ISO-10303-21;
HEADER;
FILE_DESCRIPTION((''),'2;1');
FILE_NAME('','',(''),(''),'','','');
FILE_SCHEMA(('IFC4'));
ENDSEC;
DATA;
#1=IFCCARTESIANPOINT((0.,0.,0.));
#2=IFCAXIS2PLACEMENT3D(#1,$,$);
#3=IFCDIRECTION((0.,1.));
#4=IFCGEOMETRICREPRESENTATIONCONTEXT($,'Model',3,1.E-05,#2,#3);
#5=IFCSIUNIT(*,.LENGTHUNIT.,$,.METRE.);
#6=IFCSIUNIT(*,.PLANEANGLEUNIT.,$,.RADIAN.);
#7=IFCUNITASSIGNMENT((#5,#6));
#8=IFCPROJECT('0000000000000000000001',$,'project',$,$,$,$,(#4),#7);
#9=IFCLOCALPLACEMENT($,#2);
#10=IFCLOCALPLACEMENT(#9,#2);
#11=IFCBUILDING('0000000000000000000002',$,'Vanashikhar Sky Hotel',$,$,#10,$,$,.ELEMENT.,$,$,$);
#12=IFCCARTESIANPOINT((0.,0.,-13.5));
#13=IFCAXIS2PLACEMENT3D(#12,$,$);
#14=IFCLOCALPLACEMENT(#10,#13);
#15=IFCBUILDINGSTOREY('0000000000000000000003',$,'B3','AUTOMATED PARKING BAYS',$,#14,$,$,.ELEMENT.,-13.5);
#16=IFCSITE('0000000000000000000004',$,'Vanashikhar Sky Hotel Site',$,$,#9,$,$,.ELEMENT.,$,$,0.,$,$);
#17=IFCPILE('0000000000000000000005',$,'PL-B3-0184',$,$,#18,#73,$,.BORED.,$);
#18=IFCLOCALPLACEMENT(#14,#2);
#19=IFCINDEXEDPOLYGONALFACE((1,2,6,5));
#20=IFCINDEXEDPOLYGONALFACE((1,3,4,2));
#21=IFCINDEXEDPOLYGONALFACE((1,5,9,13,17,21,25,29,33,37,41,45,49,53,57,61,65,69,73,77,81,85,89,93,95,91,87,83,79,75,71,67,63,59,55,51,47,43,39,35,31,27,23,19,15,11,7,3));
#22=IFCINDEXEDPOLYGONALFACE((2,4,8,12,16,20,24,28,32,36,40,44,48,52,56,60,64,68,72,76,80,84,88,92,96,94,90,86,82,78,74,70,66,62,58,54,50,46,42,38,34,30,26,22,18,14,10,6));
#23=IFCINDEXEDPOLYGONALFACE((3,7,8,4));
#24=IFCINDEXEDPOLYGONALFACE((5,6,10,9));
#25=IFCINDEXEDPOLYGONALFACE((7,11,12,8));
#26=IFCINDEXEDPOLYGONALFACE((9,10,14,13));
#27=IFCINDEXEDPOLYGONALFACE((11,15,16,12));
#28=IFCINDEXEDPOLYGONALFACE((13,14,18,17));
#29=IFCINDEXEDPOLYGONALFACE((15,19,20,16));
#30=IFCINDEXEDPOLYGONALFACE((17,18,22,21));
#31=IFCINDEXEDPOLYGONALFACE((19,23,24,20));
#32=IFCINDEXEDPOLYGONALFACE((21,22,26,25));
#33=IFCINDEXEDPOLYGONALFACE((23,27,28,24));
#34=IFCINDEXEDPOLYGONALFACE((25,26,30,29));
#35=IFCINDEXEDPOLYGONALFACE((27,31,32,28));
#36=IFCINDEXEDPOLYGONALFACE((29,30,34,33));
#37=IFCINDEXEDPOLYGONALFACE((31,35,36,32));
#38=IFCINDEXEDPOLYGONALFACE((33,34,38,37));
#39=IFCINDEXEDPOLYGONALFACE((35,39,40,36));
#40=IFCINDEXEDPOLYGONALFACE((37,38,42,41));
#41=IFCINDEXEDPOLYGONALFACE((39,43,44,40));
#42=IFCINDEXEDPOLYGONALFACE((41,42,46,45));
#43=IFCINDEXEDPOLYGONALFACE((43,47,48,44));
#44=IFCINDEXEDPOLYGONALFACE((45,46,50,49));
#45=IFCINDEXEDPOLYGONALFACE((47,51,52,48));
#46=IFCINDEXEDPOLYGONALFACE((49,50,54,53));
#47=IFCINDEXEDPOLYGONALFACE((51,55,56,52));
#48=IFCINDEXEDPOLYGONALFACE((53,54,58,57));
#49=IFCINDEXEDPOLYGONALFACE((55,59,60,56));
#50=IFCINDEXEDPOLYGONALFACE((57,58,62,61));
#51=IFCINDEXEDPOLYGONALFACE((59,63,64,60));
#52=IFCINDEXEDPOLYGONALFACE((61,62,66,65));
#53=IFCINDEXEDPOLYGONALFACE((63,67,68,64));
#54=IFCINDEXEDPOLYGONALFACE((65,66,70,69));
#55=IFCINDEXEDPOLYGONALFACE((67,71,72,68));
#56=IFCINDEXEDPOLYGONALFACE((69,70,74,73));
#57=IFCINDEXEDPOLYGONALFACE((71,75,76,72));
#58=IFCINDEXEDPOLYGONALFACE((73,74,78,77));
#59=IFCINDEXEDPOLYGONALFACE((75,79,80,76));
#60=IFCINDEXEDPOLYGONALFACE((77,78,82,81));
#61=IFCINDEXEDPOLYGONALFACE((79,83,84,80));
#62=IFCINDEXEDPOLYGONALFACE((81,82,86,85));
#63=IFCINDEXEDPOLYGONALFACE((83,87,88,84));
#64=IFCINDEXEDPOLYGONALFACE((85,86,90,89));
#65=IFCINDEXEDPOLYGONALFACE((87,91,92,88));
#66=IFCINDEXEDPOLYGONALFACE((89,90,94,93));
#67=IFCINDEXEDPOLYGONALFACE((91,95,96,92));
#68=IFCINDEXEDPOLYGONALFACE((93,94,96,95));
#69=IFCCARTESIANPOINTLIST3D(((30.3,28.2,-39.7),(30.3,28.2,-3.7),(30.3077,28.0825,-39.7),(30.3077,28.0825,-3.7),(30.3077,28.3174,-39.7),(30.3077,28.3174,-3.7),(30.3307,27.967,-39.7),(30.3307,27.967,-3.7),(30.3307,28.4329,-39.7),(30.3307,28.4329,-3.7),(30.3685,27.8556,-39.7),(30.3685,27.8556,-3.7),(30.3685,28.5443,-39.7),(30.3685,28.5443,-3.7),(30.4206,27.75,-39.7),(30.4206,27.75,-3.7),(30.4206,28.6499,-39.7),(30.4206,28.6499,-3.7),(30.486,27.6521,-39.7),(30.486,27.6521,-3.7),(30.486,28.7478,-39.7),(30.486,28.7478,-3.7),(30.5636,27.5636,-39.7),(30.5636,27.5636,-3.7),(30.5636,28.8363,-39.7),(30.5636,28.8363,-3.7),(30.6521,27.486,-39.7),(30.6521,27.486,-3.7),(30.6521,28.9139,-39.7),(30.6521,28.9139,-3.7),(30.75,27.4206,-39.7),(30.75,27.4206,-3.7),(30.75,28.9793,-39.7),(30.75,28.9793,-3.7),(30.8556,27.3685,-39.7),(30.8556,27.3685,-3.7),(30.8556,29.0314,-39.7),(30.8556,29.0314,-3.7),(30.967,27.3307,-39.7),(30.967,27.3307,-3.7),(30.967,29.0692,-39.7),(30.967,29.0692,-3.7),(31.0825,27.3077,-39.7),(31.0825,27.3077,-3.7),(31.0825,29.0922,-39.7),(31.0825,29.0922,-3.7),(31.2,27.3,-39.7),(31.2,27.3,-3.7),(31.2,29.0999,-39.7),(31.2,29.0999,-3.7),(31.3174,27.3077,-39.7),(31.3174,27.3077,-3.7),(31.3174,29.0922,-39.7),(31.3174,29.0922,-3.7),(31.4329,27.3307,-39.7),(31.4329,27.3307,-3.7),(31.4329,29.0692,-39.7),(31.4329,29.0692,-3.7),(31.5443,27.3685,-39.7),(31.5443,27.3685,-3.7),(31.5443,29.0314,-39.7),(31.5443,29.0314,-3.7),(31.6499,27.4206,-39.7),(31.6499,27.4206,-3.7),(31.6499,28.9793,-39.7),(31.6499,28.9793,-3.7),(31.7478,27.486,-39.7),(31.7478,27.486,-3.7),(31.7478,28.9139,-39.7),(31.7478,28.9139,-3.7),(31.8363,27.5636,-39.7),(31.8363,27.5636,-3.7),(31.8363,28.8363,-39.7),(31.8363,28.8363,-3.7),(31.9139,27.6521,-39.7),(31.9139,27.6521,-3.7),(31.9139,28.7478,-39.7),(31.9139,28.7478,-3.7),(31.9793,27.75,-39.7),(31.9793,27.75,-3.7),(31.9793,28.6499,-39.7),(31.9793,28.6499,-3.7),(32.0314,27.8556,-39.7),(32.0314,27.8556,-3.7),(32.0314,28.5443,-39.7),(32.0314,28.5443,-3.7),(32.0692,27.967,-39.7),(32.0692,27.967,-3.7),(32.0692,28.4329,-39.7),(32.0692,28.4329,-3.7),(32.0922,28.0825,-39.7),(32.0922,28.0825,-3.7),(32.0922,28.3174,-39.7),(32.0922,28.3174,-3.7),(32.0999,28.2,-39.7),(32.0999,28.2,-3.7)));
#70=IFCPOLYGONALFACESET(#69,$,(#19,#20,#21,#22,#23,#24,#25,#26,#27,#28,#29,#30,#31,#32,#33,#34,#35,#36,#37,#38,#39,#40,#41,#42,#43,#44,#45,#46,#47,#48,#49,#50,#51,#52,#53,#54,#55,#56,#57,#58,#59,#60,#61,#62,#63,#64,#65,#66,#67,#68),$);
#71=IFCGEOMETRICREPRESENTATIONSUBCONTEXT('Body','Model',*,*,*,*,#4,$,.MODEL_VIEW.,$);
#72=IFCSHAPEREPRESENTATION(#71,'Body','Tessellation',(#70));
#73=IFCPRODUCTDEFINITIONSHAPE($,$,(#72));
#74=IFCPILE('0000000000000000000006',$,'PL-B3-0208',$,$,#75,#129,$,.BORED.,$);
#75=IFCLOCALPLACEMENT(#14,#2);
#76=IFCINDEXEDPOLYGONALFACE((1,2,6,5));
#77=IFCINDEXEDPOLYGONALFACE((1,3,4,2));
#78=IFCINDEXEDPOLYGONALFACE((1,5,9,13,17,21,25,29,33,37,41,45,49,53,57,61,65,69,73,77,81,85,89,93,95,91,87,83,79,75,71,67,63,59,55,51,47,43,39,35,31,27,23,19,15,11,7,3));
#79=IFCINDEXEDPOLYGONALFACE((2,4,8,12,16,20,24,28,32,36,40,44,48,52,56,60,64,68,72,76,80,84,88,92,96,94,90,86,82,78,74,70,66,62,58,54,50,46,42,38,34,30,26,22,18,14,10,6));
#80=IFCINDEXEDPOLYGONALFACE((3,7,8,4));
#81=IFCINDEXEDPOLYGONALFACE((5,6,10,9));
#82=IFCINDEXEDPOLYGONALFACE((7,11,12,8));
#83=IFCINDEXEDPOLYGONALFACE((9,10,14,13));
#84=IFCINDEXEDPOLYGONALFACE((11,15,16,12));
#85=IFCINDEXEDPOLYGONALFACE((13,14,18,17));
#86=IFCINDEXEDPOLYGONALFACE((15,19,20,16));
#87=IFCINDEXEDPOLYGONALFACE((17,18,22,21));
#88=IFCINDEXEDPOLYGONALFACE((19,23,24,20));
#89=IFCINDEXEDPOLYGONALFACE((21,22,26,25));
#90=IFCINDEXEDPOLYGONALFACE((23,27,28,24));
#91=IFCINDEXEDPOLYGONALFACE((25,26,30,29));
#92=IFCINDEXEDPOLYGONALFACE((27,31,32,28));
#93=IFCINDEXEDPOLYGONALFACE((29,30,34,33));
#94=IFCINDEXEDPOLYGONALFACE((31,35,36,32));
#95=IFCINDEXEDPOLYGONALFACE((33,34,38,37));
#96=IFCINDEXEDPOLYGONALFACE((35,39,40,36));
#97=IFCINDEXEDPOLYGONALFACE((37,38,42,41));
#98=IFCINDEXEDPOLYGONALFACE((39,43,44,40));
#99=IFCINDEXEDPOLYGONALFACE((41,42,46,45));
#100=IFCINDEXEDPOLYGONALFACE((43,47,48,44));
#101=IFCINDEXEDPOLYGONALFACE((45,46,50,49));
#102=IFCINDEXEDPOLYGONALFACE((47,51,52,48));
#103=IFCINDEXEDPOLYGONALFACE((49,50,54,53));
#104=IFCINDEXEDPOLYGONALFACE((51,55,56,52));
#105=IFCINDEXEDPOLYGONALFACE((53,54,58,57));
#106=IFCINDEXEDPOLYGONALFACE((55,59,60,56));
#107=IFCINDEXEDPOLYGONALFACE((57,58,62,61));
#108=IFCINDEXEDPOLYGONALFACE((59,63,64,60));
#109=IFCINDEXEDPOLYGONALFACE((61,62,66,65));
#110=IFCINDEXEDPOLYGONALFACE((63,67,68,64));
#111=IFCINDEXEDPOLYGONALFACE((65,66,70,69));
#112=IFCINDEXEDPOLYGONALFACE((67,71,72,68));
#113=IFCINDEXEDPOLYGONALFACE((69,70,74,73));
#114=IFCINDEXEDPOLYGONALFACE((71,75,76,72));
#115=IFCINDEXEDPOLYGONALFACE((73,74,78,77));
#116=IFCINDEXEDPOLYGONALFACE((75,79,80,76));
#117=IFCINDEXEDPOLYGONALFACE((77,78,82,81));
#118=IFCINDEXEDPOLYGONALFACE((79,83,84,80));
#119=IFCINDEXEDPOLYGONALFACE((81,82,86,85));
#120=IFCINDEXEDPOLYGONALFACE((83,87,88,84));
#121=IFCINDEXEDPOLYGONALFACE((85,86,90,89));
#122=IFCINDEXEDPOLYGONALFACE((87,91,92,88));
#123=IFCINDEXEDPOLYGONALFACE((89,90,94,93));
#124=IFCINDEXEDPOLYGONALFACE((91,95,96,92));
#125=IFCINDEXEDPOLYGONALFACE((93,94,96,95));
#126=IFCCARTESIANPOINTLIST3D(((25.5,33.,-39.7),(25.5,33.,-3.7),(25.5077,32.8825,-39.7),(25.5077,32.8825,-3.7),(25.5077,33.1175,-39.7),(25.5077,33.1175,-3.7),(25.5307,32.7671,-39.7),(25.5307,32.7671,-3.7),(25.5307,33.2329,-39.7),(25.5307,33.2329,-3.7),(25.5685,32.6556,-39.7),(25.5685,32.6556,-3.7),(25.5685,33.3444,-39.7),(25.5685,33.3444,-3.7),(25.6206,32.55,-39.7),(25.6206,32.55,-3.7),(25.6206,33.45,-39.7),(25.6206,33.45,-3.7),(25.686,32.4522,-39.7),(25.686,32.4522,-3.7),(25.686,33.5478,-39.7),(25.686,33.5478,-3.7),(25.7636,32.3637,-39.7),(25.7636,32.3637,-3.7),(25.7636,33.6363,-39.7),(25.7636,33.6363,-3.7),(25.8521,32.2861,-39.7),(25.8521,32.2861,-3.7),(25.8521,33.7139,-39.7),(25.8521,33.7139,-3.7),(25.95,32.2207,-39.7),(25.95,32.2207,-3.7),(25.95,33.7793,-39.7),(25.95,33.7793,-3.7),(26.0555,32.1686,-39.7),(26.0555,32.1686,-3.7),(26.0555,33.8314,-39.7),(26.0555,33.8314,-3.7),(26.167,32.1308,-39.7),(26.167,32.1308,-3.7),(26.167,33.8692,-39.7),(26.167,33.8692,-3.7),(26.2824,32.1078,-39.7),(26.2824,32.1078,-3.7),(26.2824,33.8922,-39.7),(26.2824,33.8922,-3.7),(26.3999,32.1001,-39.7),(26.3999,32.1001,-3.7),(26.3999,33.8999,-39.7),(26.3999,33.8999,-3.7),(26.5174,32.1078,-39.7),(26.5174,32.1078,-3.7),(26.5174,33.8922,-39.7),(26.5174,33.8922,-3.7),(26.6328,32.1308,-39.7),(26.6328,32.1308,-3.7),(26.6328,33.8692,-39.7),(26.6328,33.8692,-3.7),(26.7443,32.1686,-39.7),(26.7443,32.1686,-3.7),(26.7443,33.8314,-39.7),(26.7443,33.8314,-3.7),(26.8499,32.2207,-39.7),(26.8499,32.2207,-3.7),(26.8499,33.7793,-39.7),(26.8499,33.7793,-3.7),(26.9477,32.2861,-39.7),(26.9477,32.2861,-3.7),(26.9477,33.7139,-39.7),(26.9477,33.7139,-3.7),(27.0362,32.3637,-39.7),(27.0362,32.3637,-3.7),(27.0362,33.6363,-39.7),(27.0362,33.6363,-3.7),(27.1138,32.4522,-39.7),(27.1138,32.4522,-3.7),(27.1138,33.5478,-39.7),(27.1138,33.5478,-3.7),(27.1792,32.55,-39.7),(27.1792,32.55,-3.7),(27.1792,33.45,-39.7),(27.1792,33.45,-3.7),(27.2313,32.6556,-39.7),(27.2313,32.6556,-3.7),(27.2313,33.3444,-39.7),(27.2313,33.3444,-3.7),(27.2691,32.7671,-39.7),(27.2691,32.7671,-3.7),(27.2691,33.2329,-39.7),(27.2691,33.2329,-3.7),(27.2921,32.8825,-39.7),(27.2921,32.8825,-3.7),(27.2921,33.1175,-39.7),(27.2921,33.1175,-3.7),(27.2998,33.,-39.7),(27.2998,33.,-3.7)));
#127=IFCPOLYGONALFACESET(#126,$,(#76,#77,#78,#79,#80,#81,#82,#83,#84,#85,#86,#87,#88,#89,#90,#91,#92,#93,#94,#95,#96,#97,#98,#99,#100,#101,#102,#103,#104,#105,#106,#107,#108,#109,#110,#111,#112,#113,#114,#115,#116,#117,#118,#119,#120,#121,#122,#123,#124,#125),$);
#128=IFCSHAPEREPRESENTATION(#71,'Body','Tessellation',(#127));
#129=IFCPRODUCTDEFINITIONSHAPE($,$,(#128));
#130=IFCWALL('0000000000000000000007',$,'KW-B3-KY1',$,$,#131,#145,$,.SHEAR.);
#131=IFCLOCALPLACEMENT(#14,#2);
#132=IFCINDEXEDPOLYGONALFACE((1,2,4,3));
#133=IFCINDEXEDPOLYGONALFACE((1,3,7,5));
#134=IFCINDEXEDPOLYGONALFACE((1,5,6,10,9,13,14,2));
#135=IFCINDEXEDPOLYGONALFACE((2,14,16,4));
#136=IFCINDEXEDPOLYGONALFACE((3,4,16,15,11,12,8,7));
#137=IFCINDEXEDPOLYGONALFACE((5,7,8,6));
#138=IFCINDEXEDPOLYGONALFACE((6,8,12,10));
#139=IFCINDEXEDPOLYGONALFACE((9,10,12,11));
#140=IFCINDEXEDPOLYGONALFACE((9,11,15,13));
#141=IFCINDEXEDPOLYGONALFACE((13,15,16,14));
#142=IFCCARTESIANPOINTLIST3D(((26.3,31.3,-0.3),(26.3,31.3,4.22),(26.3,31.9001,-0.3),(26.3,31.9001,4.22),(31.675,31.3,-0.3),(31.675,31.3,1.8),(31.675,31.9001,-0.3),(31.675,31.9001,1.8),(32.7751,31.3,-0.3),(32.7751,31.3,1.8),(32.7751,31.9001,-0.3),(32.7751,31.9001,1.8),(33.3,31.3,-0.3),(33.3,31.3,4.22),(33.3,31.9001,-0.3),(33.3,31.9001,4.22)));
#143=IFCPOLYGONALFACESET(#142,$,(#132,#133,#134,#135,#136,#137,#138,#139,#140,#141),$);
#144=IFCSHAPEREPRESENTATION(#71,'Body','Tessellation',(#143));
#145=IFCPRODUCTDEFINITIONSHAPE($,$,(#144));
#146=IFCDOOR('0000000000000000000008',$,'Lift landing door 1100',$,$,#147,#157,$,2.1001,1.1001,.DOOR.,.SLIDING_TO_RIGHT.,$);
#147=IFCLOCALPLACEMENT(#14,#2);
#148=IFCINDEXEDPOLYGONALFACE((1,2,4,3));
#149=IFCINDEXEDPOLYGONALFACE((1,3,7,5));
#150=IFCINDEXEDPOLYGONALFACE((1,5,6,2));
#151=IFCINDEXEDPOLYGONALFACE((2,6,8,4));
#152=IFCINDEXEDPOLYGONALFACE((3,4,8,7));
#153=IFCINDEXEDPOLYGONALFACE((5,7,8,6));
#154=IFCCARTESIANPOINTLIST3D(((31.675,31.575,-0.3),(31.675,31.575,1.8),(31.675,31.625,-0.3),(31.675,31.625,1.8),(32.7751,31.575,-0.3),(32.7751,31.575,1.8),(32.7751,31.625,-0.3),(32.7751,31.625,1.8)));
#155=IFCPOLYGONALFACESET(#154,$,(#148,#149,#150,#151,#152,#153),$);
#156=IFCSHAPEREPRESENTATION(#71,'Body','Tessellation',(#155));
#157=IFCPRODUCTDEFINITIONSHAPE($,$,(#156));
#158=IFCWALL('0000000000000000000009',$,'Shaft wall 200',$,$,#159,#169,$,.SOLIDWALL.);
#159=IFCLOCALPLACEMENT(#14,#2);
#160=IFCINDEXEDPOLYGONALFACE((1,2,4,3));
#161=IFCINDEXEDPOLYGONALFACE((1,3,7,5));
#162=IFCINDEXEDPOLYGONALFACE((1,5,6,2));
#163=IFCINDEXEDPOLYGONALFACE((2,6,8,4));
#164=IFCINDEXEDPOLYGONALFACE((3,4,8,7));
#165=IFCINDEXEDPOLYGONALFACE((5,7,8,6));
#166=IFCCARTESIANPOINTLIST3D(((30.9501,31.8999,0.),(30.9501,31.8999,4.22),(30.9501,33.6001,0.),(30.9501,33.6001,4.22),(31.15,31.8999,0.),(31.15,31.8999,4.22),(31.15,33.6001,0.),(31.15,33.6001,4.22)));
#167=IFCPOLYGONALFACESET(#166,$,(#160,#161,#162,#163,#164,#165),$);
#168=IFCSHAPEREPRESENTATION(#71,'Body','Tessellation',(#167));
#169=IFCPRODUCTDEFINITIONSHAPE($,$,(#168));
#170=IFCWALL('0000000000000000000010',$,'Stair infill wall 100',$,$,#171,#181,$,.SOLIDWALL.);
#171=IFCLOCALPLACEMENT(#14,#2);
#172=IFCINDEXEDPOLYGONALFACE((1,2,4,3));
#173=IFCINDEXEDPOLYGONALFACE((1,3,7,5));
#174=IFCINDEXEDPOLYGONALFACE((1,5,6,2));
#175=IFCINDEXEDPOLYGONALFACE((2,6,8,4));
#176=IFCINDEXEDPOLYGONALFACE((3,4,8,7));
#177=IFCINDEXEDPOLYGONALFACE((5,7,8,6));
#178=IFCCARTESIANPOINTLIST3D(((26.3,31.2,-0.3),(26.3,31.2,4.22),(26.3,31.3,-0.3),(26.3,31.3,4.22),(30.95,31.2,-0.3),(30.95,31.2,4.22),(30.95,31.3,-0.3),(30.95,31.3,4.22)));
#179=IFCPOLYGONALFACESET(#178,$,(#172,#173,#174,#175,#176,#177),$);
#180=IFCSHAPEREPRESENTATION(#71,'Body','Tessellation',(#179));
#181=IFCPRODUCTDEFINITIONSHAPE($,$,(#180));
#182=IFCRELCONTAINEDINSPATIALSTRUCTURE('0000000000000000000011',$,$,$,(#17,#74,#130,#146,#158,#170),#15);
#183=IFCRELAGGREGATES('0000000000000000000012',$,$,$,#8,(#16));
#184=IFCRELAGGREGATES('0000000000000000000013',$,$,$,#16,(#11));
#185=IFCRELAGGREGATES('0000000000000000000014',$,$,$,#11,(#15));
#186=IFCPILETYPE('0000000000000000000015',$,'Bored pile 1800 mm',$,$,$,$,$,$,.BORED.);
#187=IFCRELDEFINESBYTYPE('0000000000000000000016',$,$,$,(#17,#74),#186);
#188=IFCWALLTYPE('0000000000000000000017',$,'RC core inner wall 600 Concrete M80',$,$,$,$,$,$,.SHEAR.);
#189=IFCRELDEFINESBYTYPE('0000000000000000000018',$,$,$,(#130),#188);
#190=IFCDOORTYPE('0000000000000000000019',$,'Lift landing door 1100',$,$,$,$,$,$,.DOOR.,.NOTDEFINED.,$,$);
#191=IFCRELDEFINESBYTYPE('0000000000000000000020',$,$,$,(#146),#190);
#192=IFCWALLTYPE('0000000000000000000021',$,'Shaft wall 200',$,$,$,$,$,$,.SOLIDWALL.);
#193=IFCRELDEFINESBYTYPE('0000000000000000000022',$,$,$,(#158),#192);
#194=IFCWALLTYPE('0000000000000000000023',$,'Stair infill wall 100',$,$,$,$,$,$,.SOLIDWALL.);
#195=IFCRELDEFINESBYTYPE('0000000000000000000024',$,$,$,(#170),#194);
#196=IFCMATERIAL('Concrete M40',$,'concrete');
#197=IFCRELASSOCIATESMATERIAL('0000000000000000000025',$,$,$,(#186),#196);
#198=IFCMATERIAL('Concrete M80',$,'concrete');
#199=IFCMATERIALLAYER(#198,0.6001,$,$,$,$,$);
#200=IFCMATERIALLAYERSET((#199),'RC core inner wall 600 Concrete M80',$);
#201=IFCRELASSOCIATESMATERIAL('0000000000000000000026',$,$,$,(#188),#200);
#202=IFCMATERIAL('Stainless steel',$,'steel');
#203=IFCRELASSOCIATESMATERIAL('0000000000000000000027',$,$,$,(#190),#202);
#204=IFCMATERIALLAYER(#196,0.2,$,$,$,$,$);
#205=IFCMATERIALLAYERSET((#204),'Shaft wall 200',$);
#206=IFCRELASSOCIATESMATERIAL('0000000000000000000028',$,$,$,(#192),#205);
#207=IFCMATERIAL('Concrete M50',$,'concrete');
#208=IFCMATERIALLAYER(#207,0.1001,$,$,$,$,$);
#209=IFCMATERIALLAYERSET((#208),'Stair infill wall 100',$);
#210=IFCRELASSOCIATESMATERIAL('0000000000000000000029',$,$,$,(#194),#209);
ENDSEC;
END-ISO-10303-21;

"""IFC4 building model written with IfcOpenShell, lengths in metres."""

from ifc_helpers import new_model, si_unit, direction, frame, frame_2d, origin, origin_2d, place, context, subcontext, project, spatial, rectangle, circle, extrude, source, transform, mapped, material, layer, layer_set, type_object, element, fill, save


model = new_model("IFC4")

# Units and contexts
model_context = context("Model", 3, precision=1e-05, world=origin(), true_north=direction((0.0, 1.0)))
body_context = subcontext(model_context, "Body", "Model", "MODEL_VIEW")
ifc_project = project(units=[si_unit("LENGTHUNIT", "METRE"), si_unit("PLANEANGLEUNIT", "RADIAN")], contexts=[model_context])

# Site, building, storey
site_placement = place(None, origin())
site = spatial("IfcSite", under=ifc_project, at=site_placement, Name="Vanashikhar Sky Hotel Site", CompositionType="ELEMENT", RefElevation=0.0)
building_placement = place(site_placement, origin())
building = spatial("IfcBuilding", under=site, at=building_placement, Name="Vanashikhar Sky Hotel", CompositionType="ELEMENT")
storey_placement = place(building_placement, frame((0.0, 0.0, -13.5)))
storey = spatial("IfcBuildingStorey", under=building, at=storey_placement, Name="B3", Description="AUTOMATED PARKING BAYS", CompositionType="ELEMENT", Elevation=-13.5)

# Piles
ifc_material_1 = material(Name="Concrete M40", Category="concrete")
pile_type_1 = type_object("IfcPileType", Name="Bored pile 1800 mm", PredefinedType="BORED", material=ifc_material_1)
shared_shape_1 = source(origin(), body_context, "Body", "SweptSolid", [
    extrude(circle(Radius=0.8999, at=origin_2d()), origin(), (0.0, 0.0, 1.0), 36.0),
])
for number, where, z_axis, x_axis, name in (
    (1, (31.2, 28.2, -3.7), (0.0, 0.0, -1.0), (1.0, 0.0, 0.0), "PL-B3-0184"),
    (2, (26.3999, 33.0, -3.7), (0.0, 0.0, -1.0), (1.0, 0.0, 0.0), "PL-B3-0208"),
):
    element("IfcPile", number, at=place(storey_placement, frame(where, z_axis=z_axis, x_axis=x_axis)), inside=storey, type_object=pile_type_1, Name=name, PredefinedType="BORED", context=body_context, shape_type="MappedRepresentation", body=[
        mapped(shared_shape_1, transform((0.0, 0.0, 0.0), scale=1.0)),
    ])

# Wall, opening, door
ifc_material_2 = material(Name="Concrete M80", Category="concrete")
ifc_layer_1 = layer(ifc_material_2, 0.6001)
ifc_layer_set_1 = layer_set([ifc_layer_1], Name="RC core inner wall 600 Concrete M80")
wall_type_1 = type_object("IfcWallType", Name="RC core inner wall 600 Concrete M80", PredefinedType="SHEAR", material=ifc_layer_set_1)
shared_shape_2 = source(origin(), body_context, "Body", "SweptSolid", [
    extrude(rectangle(XDim=7.0, YDim=0.6001, at=frame_2d((3.5, 0.0))), origin(), (0.0, 0.0, 1.0), 4.52),
])
wall_1_placement = place(storey_placement, frame((26.3, 31.6001, -0.3), z_axis=(0.0, 0.0, 1.0), x_axis=(1.0, 0.0, 0.0)))
wall_1 = element("IfcWall", 3, at=wall_1_placement, inside=storey, type_object=wall_type_1, Name="KW-B3-KY1", PredefinedType="SHEAR", context=body_context, shape_type="MappedRepresentation", body=[
    mapped(shared_shape_2, transform((0.0, 0.0, 0.0), scale=1.0)),
])
shared_shape_3 = source(origin(), body_context, "Body", "SweptSolid", [
    extrude(rectangle(XDim=1.1001, YDim=2.1001, at=frame_2d((0.55, 1.05))), frame((0.0, 0.3101, 0.0), z_axis=(0.0, -1.0, 0.0), x_axis=(1.0, 0.0, 0.0)), (0.0, 0.0, 1.0), 0.6201),
])
opening_placement = place(wall_1_placement, frame((5.375, 0.0, 0.0)))
opening = element("IfcOpeningElement", 4, at=opening_placement, cuts=wall_1, PredefinedType="OPENING", context=body_context, shape_type="MappedRepresentation", body=[
    mapped(shared_shape_3, transform((0.0, 0.0, 0.0), scale=1.0)),
])
ifc_material_3 = material(Name="Stainless steel", Category="steel")
door_type = type_object("IfcDoorType", Name="Lift landing door 1100", OperationType="NOTDEFINED", PredefinedType="DOOR", material=ifc_material_3)
shared_shape_4 = source(origin(), body_context, "Body", "SweptSolid", [
    extrude(rectangle(XDim=1.1001, YDim=2.1001, at=frame_2d((0.55, 1.05))), frame((0.0, 0.0249, 0.0), z_axis=(0.0, -1.0, 0.0), x_axis=(1.0, 0.0, 0.0)), (0.0, 0.0, 1.0), 0.05),
])
door_placement = place(opening_placement, origin())
door = element("IfcDoor", 5, at=door_placement, inside=storey, type_object=door_type, Name="Lift landing door 1100", OperationType="SLIDING_TO_RIGHT", OverallHeight=2.1001, OverallWidth=1.1001, PredefinedType="DOOR", context=body_context, shape_type="MappedRepresentation", body=[
    mapped(shared_shape_4, transform((0.0, 0.0, 0.0), scale=1.0)),
])
fill(opening, door)

# Walls
ifc_layer_2 = layer(ifc_material_1, 0.2)
ifc_layer_set_2 = layer_set([ifc_layer_2], Name="Shaft wall 200")
wall_type_2 = type_object("IfcWallType", Name="Shaft wall 200", PredefinedType="SOLIDWALL", material=ifc_layer_set_2)
shared_shape_5 = source(origin(), body_context, "Body", "SweptSolid", [
    extrude(rectangle(XDim=1.7002, YDim=0.2, at=frame_2d((0.8501, 0.0))), origin(), (0.0, 0.0, 1.0), 4.22),
])
wall_2_placement = place(storey_placement, frame((31.05, 31.8999, 0.0), z_axis=(0.0, 0.0, 1.0), x_axis=(0.0, 1.0, 0.0)))
element("IfcWall", 6, at=wall_2_placement, inside=storey, type_object=wall_type_2, Name="Shaft wall 200", PredefinedType="SOLIDWALL", context=body_context, shape_type="MappedRepresentation", body=[
    mapped(shared_shape_5, transform((0.0, 0.0, 0.0), scale=1.0)),
])
ifc_material_4 = material(Name="Concrete M50", Category="concrete")
ifc_layer_3 = layer(ifc_material_4, 0.1001)
ifc_layer_set_3 = layer_set([ifc_layer_3], Name="Stair infill wall 100")
wall_type_3 = type_object("IfcWallType", Name="Stair infill wall 100", PredefinedType="SOLIDWALL", material=ifc_layer_set_3)
shared_shape_6 = source(origin(), body_context, "Body", "SweptSolid", [
    extrude(rectangle(XDim=4.6499, YDim=0.1001, at=frame_2d((2.325, 0.0))), origin(), (0.0, 0.0, 1.0), 4.52),
])
wall_3_placement = place(storey_placement, frame((26.3, 31.25, -0.3), z_axis=(0.0, 0.0, 1.0), x_axis=(1.0, 0.0, 0.0)))
element("IfcWall", 7, at=wall_3_placement, inside=storey, type_object=wall_type_3, Name="Stair infill wall 100", PredefinedType="SOLIDWALL", context=body_context, shape_type="MappedRepresentation", body=[
    mapped(shared_shape_6, transform((0.0, 0.0, 0.0), scale=1.0)),
])

save(model, "model.ifc")
